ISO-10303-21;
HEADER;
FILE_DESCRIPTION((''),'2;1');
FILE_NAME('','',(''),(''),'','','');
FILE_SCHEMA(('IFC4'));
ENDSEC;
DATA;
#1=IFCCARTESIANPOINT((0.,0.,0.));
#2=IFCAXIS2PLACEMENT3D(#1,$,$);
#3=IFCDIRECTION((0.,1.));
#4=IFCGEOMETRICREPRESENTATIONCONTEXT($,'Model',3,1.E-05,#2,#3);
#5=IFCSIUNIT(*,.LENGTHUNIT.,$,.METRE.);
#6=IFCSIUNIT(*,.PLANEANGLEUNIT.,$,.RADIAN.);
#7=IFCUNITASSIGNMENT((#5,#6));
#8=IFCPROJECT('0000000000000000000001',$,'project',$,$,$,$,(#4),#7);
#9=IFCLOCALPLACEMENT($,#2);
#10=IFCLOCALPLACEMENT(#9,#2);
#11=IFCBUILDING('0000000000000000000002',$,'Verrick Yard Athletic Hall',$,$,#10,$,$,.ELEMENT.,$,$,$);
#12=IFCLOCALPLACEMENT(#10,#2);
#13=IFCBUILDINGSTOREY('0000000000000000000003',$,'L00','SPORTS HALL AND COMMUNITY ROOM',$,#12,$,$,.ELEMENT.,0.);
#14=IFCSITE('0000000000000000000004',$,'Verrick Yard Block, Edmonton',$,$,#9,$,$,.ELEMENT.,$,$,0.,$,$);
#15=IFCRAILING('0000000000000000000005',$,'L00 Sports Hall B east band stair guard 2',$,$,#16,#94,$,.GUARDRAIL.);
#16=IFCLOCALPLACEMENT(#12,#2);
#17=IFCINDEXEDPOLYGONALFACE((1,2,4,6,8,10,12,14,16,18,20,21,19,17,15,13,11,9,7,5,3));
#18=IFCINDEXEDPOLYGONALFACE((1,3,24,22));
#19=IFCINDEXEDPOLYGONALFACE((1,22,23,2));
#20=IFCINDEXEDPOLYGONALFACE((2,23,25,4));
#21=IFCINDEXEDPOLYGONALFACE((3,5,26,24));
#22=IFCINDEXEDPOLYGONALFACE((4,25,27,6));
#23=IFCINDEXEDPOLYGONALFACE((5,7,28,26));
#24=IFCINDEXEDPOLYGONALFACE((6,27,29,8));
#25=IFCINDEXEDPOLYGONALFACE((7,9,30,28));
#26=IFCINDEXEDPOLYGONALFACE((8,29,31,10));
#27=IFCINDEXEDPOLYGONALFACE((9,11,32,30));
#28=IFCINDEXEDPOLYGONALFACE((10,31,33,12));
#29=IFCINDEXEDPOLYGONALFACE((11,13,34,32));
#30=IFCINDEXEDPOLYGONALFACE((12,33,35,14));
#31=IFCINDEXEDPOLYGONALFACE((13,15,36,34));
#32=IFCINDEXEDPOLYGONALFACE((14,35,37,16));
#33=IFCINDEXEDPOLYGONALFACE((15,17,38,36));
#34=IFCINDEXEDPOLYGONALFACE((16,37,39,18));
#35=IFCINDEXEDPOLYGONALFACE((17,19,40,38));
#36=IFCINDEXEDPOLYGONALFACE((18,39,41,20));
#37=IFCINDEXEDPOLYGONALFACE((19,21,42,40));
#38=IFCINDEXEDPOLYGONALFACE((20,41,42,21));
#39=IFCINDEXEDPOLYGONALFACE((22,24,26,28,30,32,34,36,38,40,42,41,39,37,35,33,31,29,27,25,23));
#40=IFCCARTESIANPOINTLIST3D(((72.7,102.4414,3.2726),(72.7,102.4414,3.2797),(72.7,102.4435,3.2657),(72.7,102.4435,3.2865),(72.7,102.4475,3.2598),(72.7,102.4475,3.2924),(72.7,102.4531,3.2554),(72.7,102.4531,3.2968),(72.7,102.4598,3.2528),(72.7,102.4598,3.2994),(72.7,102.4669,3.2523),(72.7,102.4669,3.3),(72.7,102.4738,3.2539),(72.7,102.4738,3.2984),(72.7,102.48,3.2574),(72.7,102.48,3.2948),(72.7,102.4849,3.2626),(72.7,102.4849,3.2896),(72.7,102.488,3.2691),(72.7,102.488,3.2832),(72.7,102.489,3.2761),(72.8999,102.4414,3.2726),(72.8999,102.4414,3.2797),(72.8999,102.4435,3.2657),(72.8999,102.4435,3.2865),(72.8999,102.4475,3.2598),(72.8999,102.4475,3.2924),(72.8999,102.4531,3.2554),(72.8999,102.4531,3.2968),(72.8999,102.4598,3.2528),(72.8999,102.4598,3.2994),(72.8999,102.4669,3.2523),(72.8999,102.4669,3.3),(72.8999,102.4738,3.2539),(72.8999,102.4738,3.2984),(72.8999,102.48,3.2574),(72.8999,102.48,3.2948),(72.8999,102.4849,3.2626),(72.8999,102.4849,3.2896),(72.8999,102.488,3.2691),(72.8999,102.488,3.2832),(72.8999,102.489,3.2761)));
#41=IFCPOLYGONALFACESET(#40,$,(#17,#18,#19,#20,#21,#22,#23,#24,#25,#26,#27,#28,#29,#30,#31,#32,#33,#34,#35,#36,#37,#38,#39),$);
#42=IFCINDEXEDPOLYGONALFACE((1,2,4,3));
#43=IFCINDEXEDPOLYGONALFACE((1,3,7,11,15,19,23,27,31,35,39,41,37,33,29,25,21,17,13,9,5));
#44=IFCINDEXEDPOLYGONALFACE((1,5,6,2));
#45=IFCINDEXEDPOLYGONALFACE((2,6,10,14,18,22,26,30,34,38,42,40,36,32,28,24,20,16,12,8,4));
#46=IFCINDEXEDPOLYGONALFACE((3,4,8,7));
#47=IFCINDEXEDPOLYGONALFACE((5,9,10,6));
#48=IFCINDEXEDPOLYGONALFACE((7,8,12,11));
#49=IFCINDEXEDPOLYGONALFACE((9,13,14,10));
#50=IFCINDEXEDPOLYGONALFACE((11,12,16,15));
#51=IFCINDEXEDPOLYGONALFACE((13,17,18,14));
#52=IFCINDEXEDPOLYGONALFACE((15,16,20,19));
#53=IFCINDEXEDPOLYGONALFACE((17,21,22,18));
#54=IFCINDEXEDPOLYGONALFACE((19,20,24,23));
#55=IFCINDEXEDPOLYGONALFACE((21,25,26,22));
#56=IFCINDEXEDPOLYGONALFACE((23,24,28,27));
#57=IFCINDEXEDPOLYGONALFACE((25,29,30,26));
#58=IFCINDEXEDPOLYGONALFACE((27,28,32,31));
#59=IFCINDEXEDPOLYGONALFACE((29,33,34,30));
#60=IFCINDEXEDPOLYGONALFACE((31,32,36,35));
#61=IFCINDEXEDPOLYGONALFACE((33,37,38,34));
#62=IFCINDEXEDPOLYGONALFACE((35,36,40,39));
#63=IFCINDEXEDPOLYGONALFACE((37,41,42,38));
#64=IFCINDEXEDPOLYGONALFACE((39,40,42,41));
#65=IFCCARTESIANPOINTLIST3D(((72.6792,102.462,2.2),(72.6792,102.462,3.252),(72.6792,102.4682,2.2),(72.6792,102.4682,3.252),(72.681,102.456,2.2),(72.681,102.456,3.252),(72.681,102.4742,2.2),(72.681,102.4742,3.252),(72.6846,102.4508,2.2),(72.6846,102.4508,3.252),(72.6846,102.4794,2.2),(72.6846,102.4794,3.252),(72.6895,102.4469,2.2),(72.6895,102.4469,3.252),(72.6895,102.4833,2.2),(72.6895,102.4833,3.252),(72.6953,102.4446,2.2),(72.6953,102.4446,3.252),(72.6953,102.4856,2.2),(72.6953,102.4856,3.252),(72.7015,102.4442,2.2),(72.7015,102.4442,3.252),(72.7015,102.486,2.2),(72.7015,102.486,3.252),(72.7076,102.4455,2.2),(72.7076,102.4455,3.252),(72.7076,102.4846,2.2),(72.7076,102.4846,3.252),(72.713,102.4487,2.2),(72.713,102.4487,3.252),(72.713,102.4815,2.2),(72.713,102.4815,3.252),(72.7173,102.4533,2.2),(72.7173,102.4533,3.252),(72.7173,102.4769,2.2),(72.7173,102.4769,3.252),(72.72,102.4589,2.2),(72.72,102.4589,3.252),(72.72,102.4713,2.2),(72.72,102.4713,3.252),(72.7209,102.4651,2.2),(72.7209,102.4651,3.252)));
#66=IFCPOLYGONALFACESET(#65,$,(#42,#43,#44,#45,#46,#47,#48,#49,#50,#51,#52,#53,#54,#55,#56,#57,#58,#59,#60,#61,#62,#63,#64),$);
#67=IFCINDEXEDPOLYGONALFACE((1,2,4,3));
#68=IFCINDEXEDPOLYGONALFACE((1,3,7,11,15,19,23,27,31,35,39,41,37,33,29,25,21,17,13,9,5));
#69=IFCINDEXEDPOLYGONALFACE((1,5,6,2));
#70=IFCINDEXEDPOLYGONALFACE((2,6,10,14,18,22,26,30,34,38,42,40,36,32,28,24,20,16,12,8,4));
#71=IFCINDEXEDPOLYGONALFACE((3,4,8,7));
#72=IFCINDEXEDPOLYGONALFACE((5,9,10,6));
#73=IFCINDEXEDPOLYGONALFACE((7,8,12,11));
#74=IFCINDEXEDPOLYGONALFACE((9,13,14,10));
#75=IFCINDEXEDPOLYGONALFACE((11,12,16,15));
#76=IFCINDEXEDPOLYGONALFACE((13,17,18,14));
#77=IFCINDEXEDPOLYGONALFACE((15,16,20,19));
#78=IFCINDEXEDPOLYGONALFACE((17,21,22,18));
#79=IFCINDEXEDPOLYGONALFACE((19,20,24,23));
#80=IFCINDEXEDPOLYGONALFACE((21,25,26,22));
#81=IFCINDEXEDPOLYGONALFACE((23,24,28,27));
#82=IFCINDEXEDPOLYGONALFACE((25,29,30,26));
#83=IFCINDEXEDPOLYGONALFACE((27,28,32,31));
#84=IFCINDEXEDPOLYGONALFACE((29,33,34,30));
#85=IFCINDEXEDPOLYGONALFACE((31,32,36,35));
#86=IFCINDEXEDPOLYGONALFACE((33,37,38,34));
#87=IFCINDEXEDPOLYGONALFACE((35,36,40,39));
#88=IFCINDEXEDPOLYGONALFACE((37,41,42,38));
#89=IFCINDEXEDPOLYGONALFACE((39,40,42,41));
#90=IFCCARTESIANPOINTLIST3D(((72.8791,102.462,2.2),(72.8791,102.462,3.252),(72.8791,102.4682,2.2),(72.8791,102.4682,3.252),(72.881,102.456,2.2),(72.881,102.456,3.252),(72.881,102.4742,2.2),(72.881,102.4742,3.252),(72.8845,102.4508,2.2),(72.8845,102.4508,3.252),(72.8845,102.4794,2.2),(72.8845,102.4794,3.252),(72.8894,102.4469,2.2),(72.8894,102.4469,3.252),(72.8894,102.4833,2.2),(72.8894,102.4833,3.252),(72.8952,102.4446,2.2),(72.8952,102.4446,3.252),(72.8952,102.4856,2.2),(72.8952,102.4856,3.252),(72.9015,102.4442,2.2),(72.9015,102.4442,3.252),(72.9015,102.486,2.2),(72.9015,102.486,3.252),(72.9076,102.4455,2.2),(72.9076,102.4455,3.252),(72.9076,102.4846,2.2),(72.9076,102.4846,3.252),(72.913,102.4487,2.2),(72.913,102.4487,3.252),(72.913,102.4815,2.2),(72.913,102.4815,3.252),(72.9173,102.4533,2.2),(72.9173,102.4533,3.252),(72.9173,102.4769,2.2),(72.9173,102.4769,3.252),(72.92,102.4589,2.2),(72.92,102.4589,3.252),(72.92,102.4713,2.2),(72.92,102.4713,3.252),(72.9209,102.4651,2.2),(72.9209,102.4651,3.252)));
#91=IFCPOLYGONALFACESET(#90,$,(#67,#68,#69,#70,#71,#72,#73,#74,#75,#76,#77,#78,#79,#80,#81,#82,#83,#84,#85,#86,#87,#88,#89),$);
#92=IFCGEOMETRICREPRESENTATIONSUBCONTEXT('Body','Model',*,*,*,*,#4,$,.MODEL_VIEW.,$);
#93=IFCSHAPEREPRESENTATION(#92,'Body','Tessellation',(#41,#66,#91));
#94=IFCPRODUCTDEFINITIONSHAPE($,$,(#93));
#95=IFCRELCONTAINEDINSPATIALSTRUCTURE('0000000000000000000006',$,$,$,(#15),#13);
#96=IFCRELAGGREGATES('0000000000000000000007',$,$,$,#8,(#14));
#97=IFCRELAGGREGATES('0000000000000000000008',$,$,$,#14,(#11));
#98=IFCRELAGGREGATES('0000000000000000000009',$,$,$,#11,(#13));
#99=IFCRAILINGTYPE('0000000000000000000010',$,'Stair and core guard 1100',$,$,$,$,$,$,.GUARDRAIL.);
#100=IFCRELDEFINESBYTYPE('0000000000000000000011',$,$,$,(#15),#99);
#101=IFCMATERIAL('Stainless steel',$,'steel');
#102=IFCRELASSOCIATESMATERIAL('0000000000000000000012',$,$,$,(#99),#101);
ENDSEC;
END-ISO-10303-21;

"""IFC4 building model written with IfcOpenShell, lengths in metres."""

from ifc_helpers import new_model, si_unit, direction, frame, origin, origin_2d, place, context, subcontext, project, spatial, circle, extrude, material, type_object, element, save


model = new_model("IFC4")

# Units and contexts
model_context = context("Model", 3, precision=1e-05, world=origin(), true_north=direction((0.0, 1.0)))
body_context = subcontext(model_context, "Body", "Model", "MODEL_VIEW")
ifc_project = project(units=[si_unit("LENGTHUNIT", "METRE"), si_unit("PLANEANGLEUNIT", "RADIAN")], contexts=[model_context])

# Site, building, storey
site_placement = place(None, origin())
site = spatial("IfcSite", under=ifc_project, at=site_placement, Name="Verrick Yard Block, Edmonton", CompositionType="ELEMENT", RefElevation=0.0)
building_placement = place(site_placement, origin())
building = spatial("IfcBuilding", under=site, at=building_placement, Name="Verrick Yard Athletic Hall", CompositionType="ELEMENT")
storey_placement = place(building_placement, origin())
storey = spatial("IfcBuildingStorey", under=building, at=storey_placement, Name="L00", Description="SPORTS HALL AND COMMUNITY ROOM", CompositionType="ELEMENT", Elevation=0.0)

# Railing
ifc_material_1 = material(Name="Stainless steel", Category="steel")
railing_type_1 = type_object("IfcRailingType", Name="Stair and core guard 1100", PredefinedType="GUARDRAIL", material=ifc_material_1)
railing_1_placement = place(storey_placement, frame((72.7, 102.4651, 2.2)))
element("IfcRailing", 1, at=railing_1_placement, inside=storey, type_object=railing_type_1, Name="L00 Sports Hall B east band stair guard 2", PredefinedType="GUARDRAIL", context=body_context, shape_type="SweptSolid", body=[
    extrude(circle(Radius=0.0239, at=origin_2d()), frame((0.0, 0.0, 1.0762), z_axis=(1.0, 0.0, 0.0), x_axis=(0.0, 1.0, 0.0)), (0.0, 0.0, 1.0), 0.2),
    extrude(circle(Radius=0.021, at=origin_2d()), origin(), (0.0, 0.0, 1.0), 1.052),
    extrude(circle(Radius=0.021, at=origin_2d()), frame((0.2, 0.0, 0.0)), (0.0, 0.0, 1.0), 1.052),
])

save(model, "model.ifc")
